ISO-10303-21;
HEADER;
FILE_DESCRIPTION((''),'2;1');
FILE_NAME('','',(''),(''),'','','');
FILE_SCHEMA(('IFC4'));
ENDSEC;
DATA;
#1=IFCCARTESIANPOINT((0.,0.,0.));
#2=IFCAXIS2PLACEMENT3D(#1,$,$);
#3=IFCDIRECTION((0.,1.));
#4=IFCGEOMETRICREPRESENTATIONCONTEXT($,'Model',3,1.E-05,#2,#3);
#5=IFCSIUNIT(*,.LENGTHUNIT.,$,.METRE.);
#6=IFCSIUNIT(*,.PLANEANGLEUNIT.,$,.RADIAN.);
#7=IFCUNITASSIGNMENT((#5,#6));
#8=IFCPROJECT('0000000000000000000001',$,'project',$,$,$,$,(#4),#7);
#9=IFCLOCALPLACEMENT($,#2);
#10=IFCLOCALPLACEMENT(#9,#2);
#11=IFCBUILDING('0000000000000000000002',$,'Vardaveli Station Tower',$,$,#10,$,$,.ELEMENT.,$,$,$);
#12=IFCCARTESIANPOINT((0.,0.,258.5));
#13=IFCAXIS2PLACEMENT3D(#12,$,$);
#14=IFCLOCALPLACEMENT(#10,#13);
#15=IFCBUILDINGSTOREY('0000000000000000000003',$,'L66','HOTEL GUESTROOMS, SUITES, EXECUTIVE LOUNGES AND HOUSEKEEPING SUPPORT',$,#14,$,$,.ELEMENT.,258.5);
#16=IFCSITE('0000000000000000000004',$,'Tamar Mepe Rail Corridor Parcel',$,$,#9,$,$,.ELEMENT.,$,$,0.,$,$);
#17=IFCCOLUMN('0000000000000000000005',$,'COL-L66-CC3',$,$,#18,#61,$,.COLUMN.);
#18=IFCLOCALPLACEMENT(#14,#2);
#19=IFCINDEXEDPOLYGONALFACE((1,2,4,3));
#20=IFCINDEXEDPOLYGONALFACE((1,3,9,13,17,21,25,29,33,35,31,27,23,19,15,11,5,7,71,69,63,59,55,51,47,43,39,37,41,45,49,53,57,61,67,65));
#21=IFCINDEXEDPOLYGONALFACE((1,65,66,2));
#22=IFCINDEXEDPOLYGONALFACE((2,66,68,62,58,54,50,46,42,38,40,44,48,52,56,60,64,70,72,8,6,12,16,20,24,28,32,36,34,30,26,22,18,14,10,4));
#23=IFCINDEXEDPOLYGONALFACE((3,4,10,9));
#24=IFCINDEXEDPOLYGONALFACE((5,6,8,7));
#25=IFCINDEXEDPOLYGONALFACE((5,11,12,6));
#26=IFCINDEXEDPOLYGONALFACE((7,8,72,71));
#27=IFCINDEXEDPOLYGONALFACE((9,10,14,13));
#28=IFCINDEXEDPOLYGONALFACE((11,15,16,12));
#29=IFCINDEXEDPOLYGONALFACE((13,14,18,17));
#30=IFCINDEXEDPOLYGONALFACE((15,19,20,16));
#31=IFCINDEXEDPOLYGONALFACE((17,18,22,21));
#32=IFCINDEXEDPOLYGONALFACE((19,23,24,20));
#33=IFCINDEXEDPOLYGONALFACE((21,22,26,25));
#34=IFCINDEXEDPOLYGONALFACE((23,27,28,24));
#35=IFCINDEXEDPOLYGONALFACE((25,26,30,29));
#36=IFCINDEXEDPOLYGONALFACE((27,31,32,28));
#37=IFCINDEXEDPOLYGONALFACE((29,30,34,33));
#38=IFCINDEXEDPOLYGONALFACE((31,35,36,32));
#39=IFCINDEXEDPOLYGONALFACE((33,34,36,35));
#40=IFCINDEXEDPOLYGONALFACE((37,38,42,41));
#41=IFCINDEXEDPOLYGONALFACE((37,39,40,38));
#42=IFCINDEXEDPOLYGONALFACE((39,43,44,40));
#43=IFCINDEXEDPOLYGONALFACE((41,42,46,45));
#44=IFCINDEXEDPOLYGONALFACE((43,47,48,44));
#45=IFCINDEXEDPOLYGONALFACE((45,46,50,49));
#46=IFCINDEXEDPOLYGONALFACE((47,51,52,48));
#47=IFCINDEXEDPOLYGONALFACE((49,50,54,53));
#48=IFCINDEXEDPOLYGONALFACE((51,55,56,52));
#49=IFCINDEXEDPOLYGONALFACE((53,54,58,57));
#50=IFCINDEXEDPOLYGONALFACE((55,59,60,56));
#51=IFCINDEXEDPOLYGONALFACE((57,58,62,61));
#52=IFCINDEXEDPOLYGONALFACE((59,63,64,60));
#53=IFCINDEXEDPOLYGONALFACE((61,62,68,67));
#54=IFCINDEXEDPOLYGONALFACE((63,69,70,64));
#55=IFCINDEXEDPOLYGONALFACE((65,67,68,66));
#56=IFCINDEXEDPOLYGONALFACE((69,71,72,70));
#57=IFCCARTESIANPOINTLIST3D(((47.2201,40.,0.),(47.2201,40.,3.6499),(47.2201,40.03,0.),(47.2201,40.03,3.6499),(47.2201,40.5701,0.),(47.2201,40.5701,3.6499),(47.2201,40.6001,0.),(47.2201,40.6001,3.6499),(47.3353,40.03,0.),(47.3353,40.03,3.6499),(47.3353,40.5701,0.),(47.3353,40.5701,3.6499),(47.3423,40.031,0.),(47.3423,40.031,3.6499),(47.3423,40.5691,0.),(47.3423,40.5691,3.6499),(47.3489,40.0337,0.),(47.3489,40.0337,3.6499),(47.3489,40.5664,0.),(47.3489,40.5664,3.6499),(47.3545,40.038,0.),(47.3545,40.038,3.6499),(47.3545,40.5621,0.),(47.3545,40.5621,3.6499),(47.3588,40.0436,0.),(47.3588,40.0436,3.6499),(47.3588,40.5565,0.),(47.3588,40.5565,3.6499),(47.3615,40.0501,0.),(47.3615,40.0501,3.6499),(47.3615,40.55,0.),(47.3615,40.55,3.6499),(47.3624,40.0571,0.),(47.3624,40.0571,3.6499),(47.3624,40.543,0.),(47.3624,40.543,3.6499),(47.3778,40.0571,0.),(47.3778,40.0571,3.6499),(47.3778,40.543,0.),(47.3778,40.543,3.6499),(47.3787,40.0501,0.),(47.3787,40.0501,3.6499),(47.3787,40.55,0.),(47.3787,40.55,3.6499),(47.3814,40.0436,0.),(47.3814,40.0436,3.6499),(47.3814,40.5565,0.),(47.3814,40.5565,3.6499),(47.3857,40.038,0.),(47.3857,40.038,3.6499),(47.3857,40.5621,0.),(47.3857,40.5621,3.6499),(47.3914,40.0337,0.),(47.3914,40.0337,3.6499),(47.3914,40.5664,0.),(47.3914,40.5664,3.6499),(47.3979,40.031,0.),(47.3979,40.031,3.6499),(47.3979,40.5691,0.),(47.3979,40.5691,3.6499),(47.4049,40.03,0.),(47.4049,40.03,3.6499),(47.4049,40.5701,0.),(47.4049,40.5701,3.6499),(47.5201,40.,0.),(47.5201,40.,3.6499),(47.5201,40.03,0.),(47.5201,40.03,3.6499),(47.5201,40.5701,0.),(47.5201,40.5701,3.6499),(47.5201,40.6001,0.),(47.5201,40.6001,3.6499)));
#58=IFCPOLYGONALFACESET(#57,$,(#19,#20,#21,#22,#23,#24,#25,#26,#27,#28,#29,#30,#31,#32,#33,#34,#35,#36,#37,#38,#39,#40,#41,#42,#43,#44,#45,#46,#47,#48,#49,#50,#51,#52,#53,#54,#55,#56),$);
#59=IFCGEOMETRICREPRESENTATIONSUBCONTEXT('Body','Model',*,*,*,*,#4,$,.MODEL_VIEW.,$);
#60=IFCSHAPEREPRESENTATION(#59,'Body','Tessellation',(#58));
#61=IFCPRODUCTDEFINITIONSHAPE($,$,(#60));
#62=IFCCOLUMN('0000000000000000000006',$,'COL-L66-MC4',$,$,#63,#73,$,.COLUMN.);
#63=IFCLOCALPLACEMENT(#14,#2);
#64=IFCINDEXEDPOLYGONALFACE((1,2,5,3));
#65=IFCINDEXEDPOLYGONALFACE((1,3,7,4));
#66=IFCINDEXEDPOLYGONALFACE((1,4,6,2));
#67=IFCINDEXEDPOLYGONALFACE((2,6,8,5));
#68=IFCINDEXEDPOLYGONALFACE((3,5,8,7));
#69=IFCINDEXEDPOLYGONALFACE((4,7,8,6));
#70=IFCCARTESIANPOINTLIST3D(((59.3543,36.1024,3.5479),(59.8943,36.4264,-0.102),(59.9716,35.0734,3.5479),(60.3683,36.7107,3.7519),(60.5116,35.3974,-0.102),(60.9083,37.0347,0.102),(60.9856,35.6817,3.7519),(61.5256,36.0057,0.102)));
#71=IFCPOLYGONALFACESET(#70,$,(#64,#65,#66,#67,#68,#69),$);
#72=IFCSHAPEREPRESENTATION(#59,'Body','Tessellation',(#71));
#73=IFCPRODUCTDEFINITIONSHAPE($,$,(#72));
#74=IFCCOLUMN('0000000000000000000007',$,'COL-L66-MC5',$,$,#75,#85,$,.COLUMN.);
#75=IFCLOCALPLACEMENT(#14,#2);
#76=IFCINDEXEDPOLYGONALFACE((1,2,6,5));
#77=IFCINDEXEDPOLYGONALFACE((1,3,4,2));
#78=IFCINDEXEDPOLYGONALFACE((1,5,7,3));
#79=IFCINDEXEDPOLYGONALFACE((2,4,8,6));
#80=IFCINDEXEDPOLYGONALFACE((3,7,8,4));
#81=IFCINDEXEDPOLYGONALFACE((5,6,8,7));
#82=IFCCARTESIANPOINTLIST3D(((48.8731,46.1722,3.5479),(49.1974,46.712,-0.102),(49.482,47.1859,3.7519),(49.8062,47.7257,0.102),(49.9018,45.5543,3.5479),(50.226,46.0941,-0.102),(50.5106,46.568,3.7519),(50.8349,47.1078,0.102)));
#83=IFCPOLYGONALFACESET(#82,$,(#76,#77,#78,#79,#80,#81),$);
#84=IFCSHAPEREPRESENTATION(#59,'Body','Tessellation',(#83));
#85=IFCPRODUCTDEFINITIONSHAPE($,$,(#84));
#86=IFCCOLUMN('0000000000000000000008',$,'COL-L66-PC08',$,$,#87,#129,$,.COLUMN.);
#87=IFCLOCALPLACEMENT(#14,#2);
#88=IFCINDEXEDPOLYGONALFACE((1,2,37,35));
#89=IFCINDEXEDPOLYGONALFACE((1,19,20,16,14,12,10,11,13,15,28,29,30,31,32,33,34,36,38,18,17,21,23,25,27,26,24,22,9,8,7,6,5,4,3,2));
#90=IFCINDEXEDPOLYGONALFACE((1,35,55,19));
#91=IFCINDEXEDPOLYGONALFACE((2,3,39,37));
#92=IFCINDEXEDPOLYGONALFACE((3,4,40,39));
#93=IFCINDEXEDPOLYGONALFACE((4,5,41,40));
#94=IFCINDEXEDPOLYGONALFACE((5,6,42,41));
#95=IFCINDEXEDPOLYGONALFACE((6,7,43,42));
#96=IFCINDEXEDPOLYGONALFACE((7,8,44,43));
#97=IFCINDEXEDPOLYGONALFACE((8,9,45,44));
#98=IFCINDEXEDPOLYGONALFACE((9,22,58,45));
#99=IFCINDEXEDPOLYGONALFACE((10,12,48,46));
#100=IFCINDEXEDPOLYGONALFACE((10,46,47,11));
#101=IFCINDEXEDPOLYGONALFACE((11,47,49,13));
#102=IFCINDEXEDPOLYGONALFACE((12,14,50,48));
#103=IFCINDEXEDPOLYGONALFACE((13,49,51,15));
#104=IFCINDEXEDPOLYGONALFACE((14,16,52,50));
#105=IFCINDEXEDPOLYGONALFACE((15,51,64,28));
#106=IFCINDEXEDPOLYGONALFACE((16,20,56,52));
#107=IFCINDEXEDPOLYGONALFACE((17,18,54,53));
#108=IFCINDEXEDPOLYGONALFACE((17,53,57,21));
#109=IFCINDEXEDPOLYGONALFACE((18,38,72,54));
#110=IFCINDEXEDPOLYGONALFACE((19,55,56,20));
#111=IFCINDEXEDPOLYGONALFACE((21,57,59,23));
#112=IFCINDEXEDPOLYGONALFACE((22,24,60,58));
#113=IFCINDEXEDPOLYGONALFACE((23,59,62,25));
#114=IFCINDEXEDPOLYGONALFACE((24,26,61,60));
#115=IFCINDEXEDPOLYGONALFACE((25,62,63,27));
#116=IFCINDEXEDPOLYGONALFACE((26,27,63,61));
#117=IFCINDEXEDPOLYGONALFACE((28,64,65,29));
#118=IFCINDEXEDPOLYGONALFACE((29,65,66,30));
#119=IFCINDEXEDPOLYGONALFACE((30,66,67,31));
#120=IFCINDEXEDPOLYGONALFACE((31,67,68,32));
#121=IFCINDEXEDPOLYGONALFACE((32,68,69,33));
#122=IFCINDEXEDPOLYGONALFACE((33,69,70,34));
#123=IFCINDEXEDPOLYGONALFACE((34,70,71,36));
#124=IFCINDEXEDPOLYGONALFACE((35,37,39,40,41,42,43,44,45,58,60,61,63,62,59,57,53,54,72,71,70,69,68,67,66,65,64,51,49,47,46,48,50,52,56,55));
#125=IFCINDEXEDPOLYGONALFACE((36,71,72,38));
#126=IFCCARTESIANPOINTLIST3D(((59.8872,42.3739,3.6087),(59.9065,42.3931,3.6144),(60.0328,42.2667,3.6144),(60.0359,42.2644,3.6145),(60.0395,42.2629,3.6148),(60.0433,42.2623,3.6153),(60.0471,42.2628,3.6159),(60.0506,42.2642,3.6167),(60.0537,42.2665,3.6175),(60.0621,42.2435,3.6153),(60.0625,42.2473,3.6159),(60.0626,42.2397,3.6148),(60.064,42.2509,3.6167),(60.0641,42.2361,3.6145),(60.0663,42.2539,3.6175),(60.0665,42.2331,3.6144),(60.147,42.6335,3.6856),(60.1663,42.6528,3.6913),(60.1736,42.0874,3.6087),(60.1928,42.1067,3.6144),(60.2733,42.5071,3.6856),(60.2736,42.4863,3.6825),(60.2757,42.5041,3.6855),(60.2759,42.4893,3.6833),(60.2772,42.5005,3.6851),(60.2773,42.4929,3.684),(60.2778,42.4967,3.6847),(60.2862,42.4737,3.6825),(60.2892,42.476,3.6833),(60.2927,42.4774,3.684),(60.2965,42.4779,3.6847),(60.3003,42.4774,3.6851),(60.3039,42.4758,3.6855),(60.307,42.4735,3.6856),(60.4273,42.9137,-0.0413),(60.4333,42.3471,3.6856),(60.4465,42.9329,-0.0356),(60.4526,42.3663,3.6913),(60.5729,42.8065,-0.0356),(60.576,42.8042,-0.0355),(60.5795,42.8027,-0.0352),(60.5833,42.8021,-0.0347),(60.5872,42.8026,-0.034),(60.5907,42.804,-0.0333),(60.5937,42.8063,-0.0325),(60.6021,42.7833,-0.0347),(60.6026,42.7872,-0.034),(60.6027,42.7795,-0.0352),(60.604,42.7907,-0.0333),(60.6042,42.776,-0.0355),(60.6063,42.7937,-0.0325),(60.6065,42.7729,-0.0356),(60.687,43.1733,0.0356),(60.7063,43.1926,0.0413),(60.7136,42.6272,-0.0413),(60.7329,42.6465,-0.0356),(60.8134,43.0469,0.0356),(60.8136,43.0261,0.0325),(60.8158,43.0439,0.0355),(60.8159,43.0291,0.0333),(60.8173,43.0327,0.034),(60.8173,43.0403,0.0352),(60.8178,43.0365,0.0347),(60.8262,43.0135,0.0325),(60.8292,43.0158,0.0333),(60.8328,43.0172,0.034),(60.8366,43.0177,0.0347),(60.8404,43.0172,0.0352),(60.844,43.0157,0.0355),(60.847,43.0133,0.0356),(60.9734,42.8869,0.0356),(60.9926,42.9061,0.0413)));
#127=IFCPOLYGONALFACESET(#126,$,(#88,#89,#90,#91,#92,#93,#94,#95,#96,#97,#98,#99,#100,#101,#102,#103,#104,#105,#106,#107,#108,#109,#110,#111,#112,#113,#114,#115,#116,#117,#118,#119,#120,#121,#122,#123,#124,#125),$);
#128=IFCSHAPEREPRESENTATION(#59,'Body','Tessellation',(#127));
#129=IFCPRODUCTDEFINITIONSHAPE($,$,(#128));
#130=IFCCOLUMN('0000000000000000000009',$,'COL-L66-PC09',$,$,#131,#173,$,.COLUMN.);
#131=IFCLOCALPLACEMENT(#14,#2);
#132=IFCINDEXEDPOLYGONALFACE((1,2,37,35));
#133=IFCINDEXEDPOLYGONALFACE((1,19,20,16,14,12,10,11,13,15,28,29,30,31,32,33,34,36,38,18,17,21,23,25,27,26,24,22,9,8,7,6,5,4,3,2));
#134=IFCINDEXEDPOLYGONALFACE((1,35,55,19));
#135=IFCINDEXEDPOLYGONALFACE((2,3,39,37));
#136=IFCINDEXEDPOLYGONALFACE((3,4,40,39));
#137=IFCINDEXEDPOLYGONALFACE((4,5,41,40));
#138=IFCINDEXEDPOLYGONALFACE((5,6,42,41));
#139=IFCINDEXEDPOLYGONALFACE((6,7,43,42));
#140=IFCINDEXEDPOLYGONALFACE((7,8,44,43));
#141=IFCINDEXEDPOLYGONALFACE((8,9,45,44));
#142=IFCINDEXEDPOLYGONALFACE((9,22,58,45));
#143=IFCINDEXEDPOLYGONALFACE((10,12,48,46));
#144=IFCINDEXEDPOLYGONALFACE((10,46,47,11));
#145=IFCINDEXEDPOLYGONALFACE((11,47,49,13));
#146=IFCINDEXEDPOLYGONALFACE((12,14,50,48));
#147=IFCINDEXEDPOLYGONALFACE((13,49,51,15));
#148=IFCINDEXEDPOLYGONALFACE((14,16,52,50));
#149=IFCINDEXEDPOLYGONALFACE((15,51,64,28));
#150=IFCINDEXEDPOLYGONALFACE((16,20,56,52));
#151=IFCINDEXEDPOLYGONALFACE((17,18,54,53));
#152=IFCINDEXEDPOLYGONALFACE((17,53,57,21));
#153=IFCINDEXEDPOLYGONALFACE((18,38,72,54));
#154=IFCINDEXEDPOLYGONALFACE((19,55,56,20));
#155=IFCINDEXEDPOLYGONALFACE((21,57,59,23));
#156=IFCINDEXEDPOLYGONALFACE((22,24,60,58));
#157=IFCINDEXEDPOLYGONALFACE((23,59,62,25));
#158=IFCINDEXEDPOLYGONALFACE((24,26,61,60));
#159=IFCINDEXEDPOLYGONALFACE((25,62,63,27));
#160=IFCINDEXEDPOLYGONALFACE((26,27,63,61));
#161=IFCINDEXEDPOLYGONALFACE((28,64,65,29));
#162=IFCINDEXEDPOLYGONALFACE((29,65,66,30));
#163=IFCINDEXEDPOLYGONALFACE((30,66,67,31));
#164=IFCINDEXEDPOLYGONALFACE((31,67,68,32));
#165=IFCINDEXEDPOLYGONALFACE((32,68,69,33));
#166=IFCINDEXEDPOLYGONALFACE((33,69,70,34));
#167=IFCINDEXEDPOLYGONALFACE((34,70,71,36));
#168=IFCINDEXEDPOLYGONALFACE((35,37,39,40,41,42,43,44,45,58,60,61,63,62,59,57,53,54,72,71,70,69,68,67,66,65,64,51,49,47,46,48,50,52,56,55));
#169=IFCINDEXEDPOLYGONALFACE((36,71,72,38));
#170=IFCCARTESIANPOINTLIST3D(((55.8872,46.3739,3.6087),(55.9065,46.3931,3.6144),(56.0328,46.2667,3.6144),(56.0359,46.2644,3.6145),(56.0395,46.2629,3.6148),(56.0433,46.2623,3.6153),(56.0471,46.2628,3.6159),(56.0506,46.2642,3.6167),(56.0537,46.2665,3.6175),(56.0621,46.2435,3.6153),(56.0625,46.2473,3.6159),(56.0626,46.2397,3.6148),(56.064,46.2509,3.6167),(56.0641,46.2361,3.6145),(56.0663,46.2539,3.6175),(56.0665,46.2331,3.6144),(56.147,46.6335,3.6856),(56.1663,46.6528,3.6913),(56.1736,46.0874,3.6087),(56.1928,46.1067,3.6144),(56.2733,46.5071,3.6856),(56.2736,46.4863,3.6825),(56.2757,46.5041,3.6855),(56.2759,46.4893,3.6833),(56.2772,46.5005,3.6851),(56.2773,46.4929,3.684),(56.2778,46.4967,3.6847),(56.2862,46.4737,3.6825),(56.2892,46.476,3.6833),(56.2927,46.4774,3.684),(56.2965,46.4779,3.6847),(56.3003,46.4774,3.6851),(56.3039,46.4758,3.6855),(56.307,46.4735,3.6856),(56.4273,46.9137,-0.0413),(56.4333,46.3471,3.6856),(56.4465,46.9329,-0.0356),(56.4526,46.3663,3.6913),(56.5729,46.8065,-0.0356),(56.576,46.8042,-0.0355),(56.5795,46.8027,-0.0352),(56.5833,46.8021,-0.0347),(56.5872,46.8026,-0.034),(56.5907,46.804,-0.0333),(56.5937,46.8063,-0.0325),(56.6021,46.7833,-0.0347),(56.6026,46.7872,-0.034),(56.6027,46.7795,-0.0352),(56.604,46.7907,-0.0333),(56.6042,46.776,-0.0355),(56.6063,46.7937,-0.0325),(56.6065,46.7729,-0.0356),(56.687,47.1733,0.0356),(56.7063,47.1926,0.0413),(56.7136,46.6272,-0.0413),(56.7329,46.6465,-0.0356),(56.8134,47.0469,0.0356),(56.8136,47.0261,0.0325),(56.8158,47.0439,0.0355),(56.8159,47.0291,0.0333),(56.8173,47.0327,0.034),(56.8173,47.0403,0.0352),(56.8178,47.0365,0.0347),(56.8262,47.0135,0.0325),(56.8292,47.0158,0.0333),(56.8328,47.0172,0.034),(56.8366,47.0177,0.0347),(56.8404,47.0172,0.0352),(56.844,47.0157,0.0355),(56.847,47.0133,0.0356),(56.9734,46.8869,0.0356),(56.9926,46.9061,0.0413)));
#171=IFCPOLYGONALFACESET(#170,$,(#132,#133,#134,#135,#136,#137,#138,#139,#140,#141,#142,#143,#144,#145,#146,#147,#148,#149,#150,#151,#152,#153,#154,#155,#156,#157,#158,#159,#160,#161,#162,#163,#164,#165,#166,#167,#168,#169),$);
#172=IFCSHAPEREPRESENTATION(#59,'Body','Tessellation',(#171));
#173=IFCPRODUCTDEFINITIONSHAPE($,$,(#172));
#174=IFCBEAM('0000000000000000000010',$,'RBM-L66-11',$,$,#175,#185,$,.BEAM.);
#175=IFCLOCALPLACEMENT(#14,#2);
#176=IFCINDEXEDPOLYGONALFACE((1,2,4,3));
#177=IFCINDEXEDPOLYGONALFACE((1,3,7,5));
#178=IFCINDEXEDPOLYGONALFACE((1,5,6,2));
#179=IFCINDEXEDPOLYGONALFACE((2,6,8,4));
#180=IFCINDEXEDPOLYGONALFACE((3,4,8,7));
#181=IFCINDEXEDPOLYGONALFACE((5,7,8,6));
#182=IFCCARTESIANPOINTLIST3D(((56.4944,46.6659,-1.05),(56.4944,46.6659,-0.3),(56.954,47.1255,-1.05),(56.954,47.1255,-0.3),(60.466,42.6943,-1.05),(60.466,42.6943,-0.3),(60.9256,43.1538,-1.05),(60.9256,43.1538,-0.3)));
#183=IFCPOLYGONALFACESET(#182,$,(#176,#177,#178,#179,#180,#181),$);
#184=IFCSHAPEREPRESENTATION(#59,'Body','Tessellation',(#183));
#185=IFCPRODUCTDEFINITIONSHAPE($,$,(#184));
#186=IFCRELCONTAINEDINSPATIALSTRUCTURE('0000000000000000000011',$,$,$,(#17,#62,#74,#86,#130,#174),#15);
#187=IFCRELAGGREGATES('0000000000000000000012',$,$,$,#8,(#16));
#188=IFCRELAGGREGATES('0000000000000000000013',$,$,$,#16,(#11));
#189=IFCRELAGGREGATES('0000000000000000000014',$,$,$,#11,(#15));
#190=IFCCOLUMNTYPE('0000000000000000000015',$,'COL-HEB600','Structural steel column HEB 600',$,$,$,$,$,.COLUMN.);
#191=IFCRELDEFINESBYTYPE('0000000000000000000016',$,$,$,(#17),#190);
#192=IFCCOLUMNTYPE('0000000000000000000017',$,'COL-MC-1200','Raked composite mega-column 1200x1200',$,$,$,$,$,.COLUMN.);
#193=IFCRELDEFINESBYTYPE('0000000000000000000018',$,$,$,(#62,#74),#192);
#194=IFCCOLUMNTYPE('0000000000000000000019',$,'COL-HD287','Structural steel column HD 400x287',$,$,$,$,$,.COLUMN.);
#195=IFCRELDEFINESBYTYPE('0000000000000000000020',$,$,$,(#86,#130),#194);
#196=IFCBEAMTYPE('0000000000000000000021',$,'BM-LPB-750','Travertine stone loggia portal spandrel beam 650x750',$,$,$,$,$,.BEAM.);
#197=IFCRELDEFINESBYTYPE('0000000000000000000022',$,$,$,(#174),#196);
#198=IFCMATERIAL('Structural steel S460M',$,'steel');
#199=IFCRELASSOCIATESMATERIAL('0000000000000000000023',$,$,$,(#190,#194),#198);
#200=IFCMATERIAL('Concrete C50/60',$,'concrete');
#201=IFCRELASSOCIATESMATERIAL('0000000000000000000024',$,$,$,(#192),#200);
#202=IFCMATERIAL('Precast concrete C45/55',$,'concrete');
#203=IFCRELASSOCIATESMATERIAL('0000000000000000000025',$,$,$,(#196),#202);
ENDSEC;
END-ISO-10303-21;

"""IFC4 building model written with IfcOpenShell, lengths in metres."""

from ifc_helpers import new_model, si_unit, direction, frame, origin, origin_2d, place, context, subcontext, project, spatial, rectangle, i_section, extrude, source, transform, mapped, material, material_profile, profile_set, type_object, element, save


model = new_model("IFC4")

# Units and contexts
model_context = context("Model", 3, precision=1e-05, world=origin(), true_north=direction((0.0, 1.0)))
body_context = subcontext(model_context, "Body", "Model", "MODEL_VIEW")
ifc_project = project(units=[si_unit("LENGTHUNIT", "METRE"), si_unit("PLANEANGLEUNIT", "RADIAN")], contexts=[model_context])

# Site, building, storey
site_placement = place(None, origin())
site = spatial("IfcSite", under=ifc_project, at=site_placement, Name="Tamar Mepe Rail Corridor Parcel", CompositionType="ELEMENT", RefElevation=0.0)
building_placement = place(site_placement, origin())
building = spatial("IfcBuilding", under=site, at=building_placement, Name="Vardaveli Station Tower", CompositionType="ELEMENT")
storey_placement = place(building_placement, frame((0.0, 0.0, 258.5)))
storey = spatial("IfcBuildingStorey", under=building, at=storey_placement, Name="L66", Description="HOTEL GUESTROOMS, SUITES, EXECUTIVE LOUNGES AND HOUSEKEEPING SUPPORT", CompositionType="ELEMENT", Elevation=258.5)

# Columns
ifc_material_1 = material(Name="Structural steel S460M", Category="steel")
ifc_material_profile_1 = material_profile(ifc_material_1, i_section(OverallWidth=0.3, OverallDepth=0.6001, WebThickness=0.0154, FlangeThickness=0.03, FilletRadius=0.0271, at=origin_2d()), Name="HEB 600")
ifc_profile_set_1 = profile_set([ifc_material_profile_1], Name="Structural steel S460M")
column_type_1 = type_object("IfcColumnType", Name="COL-HEB600", Description="Structural steel column HEB 600", PredefinedType="COLUMN", material=ifc_profile_set_1)
shared_shape_1 = source(origin(), body_context, "Body", "SweptSolid", [
    extrude(i_section(OverallWidth=0.3, OverallDepth=0.6001, WebThickness=0.0154, FlangeThickness=0.03, FilletRadius=0.0271, at=origin_2d()), origin(), (0.0, 0.0, 1.0), 3.6499),
])
column_placement = place(storey_placement, frame((47.3701, 40.3, 0.0), z_axis=(0.0, 0.0, 1.0), x_axis=(1.0, 0.0, 0.0)))
element("IfcColumn", 1, at=column_placement, inside=storey, type_object=column_type_1, Name="COL-L66-CC3", PredefinedType="COLUMN", context=body_context, shape_type="MappedRepresentation", body=[
    mapped(shared_shape_1, transform((0.0, 0.0, 0.0), scale=1.0)),
])
ifc_material_2 = material(Name="Concrete C50/60", Category="concrete")
ifc_material_profile_2 = material_profile(ifc_material_2, rectangle(XDim=1.2, YDim=1.2, at=origin_2d()), Name="MC 1200x1200")
ifc_profile_set_2 = profile_set([ifc_material_profile_2], Name="Concrete C50/60")
column_type_2 = type_object("IfcColumnType", Name="COL-MC-1200", Description="Raked composite mega-column 1200x1200", PredefinedType="COLUMN", material=ifc_profile_set_2)
shared_shape_2 = source(origin(), body_context, "Body", "SweptSolid", [
    extrude(rectangle(XDim=1.2, YDim=1.2, at=origin_2d()), origin(), (0.0, 0.0, 1.0), 3.7039),
])
for number, where, z_axis, x_axis, name in (
    (2, (60.71, 36.2161, 0.0), (-0.145805, -0.08747, 0.985439), (0.514439, -0.857527, 0.0), "COL-L66-MC4"),
    (3, (50.0161, 46.9099, 0.0), (-0.087536, -0.14574, 0.985443), (0.857253, -0.514895, 0.0), "COL-L66-MC5"),
):
    element("IfcColumn", number, at=place(storey_placement, frame(where, z_axis=z_axis, x_axis=x_axis)), inside=storey, type_object=column_type_2, Name=name, PredefinedType="COLUMN", context=body_context, shape_type="MappedRepresentation", body=[
        mapped(shared_shape_2, transform((0.0, 0.0, 0.0), scale=1.0)),
    ])
ifc_material_profile_3 = material_profile(ifc_material_1, i_section(OverallWidth=0.405, OverallDepth=0.4031, WebThickness=0.0178, FlangeThickness=0.0278, FilletRadius=0.0149, at=origin_2d()), Name="HD 400x287")
ifc_profile_set_3 = profile_set([ifc_material_profile_3], Name="Structural steel S460M")
column_type_3 = type_object("IfcColumnType", Name="COL-HD287", Description="Structural steel column HD 400x287", PredefinedType="COLUMN", material=ifc_profile_set_3)
shared_shape_3 = source(origin(), body_context, "Body", "SweptSolid", [
    extrude(i_section(OverallWidth=0.405, OverallDepth=0.4031, WebThickness=0.0178, FlangeThickness=0.0278, FilletRadius=0.0149, at=origin_2d()), origin(), (0.0, 0.0, 1.0), 3.729),
])
for number, where, z_axis, x_axis, name in (
    (4, (60.71, 42.9099, 0.0), (-0.144825, -0.144759, 0.978811), (0.706947, -0.707267, 0.0), "COL-L66-PC08"),
    (5, (56.71, 46.9099, 0.0), (-0.144825, -0.144759, 0.978811), (0.706947, -0.707267, 0.0), "COL-L66-PC09"),
):
    element("IfcColumn", number, at=place(storey_placement, frame(where, z_axis=z_axis, x_axis=x_axis)), inside=storey, type_object=column_type_3, Name=name, PredefinedType="COLUMN", context=body_context, shape_type="MappedRepresentation", body=[
        mapped(shared_shape_3, transform((0.0, 0.0, 0.0), scale=1.0)),
    ])

# Beam
ifc_material_3 = material(Name="Precast concrete C45/55", Category="concrete")
ifc_material_profile_4 = material_profile(ifc_material_3, rectangle(XDim=0.6499, YDim=0.75, at=origin_2d()), Name="LPB 650x750")
ifc_profile_set_4 = profile_set([ifc_material_profile_4], Name="Precast concrete C45/55")
beam_type = type_object("IfcBeamType", Name="BM-LPB-750", Description="Travertine stone loggia portal spandrel beam 650x750", PredefinedType="BEAM", material=ifc_profile_set_4)
shared_shape_4 = source(origin(), body_context, "Body", "SweptSolid", [
    extrude(rectangle(XDim=0.6499, YDim=0.75, at=origin_2d()), origin(), (0.0, 0.0, 1.0), 5.6167),
])
beam_1_placement = place(storey_placement, frame((60.6958, 42.9241, -0.675), z_axis=(-0.707107, 0.707107, 0.0), x_axis=(-0.707107, -0.707107, 0.0)))
element("IfcBeam", 6, at=beam_1_placement, inside=storey, type_object=beam_type, Name="RBM-L66-11", PredefinedType="BEAM", context=body_context, shape_type="MappedRepresentation", body=[
    mapped(shared_shape_4, transform((0.0, 0.0, 0.0), scale=1.0)),
])

save(model, "model.ifc")
